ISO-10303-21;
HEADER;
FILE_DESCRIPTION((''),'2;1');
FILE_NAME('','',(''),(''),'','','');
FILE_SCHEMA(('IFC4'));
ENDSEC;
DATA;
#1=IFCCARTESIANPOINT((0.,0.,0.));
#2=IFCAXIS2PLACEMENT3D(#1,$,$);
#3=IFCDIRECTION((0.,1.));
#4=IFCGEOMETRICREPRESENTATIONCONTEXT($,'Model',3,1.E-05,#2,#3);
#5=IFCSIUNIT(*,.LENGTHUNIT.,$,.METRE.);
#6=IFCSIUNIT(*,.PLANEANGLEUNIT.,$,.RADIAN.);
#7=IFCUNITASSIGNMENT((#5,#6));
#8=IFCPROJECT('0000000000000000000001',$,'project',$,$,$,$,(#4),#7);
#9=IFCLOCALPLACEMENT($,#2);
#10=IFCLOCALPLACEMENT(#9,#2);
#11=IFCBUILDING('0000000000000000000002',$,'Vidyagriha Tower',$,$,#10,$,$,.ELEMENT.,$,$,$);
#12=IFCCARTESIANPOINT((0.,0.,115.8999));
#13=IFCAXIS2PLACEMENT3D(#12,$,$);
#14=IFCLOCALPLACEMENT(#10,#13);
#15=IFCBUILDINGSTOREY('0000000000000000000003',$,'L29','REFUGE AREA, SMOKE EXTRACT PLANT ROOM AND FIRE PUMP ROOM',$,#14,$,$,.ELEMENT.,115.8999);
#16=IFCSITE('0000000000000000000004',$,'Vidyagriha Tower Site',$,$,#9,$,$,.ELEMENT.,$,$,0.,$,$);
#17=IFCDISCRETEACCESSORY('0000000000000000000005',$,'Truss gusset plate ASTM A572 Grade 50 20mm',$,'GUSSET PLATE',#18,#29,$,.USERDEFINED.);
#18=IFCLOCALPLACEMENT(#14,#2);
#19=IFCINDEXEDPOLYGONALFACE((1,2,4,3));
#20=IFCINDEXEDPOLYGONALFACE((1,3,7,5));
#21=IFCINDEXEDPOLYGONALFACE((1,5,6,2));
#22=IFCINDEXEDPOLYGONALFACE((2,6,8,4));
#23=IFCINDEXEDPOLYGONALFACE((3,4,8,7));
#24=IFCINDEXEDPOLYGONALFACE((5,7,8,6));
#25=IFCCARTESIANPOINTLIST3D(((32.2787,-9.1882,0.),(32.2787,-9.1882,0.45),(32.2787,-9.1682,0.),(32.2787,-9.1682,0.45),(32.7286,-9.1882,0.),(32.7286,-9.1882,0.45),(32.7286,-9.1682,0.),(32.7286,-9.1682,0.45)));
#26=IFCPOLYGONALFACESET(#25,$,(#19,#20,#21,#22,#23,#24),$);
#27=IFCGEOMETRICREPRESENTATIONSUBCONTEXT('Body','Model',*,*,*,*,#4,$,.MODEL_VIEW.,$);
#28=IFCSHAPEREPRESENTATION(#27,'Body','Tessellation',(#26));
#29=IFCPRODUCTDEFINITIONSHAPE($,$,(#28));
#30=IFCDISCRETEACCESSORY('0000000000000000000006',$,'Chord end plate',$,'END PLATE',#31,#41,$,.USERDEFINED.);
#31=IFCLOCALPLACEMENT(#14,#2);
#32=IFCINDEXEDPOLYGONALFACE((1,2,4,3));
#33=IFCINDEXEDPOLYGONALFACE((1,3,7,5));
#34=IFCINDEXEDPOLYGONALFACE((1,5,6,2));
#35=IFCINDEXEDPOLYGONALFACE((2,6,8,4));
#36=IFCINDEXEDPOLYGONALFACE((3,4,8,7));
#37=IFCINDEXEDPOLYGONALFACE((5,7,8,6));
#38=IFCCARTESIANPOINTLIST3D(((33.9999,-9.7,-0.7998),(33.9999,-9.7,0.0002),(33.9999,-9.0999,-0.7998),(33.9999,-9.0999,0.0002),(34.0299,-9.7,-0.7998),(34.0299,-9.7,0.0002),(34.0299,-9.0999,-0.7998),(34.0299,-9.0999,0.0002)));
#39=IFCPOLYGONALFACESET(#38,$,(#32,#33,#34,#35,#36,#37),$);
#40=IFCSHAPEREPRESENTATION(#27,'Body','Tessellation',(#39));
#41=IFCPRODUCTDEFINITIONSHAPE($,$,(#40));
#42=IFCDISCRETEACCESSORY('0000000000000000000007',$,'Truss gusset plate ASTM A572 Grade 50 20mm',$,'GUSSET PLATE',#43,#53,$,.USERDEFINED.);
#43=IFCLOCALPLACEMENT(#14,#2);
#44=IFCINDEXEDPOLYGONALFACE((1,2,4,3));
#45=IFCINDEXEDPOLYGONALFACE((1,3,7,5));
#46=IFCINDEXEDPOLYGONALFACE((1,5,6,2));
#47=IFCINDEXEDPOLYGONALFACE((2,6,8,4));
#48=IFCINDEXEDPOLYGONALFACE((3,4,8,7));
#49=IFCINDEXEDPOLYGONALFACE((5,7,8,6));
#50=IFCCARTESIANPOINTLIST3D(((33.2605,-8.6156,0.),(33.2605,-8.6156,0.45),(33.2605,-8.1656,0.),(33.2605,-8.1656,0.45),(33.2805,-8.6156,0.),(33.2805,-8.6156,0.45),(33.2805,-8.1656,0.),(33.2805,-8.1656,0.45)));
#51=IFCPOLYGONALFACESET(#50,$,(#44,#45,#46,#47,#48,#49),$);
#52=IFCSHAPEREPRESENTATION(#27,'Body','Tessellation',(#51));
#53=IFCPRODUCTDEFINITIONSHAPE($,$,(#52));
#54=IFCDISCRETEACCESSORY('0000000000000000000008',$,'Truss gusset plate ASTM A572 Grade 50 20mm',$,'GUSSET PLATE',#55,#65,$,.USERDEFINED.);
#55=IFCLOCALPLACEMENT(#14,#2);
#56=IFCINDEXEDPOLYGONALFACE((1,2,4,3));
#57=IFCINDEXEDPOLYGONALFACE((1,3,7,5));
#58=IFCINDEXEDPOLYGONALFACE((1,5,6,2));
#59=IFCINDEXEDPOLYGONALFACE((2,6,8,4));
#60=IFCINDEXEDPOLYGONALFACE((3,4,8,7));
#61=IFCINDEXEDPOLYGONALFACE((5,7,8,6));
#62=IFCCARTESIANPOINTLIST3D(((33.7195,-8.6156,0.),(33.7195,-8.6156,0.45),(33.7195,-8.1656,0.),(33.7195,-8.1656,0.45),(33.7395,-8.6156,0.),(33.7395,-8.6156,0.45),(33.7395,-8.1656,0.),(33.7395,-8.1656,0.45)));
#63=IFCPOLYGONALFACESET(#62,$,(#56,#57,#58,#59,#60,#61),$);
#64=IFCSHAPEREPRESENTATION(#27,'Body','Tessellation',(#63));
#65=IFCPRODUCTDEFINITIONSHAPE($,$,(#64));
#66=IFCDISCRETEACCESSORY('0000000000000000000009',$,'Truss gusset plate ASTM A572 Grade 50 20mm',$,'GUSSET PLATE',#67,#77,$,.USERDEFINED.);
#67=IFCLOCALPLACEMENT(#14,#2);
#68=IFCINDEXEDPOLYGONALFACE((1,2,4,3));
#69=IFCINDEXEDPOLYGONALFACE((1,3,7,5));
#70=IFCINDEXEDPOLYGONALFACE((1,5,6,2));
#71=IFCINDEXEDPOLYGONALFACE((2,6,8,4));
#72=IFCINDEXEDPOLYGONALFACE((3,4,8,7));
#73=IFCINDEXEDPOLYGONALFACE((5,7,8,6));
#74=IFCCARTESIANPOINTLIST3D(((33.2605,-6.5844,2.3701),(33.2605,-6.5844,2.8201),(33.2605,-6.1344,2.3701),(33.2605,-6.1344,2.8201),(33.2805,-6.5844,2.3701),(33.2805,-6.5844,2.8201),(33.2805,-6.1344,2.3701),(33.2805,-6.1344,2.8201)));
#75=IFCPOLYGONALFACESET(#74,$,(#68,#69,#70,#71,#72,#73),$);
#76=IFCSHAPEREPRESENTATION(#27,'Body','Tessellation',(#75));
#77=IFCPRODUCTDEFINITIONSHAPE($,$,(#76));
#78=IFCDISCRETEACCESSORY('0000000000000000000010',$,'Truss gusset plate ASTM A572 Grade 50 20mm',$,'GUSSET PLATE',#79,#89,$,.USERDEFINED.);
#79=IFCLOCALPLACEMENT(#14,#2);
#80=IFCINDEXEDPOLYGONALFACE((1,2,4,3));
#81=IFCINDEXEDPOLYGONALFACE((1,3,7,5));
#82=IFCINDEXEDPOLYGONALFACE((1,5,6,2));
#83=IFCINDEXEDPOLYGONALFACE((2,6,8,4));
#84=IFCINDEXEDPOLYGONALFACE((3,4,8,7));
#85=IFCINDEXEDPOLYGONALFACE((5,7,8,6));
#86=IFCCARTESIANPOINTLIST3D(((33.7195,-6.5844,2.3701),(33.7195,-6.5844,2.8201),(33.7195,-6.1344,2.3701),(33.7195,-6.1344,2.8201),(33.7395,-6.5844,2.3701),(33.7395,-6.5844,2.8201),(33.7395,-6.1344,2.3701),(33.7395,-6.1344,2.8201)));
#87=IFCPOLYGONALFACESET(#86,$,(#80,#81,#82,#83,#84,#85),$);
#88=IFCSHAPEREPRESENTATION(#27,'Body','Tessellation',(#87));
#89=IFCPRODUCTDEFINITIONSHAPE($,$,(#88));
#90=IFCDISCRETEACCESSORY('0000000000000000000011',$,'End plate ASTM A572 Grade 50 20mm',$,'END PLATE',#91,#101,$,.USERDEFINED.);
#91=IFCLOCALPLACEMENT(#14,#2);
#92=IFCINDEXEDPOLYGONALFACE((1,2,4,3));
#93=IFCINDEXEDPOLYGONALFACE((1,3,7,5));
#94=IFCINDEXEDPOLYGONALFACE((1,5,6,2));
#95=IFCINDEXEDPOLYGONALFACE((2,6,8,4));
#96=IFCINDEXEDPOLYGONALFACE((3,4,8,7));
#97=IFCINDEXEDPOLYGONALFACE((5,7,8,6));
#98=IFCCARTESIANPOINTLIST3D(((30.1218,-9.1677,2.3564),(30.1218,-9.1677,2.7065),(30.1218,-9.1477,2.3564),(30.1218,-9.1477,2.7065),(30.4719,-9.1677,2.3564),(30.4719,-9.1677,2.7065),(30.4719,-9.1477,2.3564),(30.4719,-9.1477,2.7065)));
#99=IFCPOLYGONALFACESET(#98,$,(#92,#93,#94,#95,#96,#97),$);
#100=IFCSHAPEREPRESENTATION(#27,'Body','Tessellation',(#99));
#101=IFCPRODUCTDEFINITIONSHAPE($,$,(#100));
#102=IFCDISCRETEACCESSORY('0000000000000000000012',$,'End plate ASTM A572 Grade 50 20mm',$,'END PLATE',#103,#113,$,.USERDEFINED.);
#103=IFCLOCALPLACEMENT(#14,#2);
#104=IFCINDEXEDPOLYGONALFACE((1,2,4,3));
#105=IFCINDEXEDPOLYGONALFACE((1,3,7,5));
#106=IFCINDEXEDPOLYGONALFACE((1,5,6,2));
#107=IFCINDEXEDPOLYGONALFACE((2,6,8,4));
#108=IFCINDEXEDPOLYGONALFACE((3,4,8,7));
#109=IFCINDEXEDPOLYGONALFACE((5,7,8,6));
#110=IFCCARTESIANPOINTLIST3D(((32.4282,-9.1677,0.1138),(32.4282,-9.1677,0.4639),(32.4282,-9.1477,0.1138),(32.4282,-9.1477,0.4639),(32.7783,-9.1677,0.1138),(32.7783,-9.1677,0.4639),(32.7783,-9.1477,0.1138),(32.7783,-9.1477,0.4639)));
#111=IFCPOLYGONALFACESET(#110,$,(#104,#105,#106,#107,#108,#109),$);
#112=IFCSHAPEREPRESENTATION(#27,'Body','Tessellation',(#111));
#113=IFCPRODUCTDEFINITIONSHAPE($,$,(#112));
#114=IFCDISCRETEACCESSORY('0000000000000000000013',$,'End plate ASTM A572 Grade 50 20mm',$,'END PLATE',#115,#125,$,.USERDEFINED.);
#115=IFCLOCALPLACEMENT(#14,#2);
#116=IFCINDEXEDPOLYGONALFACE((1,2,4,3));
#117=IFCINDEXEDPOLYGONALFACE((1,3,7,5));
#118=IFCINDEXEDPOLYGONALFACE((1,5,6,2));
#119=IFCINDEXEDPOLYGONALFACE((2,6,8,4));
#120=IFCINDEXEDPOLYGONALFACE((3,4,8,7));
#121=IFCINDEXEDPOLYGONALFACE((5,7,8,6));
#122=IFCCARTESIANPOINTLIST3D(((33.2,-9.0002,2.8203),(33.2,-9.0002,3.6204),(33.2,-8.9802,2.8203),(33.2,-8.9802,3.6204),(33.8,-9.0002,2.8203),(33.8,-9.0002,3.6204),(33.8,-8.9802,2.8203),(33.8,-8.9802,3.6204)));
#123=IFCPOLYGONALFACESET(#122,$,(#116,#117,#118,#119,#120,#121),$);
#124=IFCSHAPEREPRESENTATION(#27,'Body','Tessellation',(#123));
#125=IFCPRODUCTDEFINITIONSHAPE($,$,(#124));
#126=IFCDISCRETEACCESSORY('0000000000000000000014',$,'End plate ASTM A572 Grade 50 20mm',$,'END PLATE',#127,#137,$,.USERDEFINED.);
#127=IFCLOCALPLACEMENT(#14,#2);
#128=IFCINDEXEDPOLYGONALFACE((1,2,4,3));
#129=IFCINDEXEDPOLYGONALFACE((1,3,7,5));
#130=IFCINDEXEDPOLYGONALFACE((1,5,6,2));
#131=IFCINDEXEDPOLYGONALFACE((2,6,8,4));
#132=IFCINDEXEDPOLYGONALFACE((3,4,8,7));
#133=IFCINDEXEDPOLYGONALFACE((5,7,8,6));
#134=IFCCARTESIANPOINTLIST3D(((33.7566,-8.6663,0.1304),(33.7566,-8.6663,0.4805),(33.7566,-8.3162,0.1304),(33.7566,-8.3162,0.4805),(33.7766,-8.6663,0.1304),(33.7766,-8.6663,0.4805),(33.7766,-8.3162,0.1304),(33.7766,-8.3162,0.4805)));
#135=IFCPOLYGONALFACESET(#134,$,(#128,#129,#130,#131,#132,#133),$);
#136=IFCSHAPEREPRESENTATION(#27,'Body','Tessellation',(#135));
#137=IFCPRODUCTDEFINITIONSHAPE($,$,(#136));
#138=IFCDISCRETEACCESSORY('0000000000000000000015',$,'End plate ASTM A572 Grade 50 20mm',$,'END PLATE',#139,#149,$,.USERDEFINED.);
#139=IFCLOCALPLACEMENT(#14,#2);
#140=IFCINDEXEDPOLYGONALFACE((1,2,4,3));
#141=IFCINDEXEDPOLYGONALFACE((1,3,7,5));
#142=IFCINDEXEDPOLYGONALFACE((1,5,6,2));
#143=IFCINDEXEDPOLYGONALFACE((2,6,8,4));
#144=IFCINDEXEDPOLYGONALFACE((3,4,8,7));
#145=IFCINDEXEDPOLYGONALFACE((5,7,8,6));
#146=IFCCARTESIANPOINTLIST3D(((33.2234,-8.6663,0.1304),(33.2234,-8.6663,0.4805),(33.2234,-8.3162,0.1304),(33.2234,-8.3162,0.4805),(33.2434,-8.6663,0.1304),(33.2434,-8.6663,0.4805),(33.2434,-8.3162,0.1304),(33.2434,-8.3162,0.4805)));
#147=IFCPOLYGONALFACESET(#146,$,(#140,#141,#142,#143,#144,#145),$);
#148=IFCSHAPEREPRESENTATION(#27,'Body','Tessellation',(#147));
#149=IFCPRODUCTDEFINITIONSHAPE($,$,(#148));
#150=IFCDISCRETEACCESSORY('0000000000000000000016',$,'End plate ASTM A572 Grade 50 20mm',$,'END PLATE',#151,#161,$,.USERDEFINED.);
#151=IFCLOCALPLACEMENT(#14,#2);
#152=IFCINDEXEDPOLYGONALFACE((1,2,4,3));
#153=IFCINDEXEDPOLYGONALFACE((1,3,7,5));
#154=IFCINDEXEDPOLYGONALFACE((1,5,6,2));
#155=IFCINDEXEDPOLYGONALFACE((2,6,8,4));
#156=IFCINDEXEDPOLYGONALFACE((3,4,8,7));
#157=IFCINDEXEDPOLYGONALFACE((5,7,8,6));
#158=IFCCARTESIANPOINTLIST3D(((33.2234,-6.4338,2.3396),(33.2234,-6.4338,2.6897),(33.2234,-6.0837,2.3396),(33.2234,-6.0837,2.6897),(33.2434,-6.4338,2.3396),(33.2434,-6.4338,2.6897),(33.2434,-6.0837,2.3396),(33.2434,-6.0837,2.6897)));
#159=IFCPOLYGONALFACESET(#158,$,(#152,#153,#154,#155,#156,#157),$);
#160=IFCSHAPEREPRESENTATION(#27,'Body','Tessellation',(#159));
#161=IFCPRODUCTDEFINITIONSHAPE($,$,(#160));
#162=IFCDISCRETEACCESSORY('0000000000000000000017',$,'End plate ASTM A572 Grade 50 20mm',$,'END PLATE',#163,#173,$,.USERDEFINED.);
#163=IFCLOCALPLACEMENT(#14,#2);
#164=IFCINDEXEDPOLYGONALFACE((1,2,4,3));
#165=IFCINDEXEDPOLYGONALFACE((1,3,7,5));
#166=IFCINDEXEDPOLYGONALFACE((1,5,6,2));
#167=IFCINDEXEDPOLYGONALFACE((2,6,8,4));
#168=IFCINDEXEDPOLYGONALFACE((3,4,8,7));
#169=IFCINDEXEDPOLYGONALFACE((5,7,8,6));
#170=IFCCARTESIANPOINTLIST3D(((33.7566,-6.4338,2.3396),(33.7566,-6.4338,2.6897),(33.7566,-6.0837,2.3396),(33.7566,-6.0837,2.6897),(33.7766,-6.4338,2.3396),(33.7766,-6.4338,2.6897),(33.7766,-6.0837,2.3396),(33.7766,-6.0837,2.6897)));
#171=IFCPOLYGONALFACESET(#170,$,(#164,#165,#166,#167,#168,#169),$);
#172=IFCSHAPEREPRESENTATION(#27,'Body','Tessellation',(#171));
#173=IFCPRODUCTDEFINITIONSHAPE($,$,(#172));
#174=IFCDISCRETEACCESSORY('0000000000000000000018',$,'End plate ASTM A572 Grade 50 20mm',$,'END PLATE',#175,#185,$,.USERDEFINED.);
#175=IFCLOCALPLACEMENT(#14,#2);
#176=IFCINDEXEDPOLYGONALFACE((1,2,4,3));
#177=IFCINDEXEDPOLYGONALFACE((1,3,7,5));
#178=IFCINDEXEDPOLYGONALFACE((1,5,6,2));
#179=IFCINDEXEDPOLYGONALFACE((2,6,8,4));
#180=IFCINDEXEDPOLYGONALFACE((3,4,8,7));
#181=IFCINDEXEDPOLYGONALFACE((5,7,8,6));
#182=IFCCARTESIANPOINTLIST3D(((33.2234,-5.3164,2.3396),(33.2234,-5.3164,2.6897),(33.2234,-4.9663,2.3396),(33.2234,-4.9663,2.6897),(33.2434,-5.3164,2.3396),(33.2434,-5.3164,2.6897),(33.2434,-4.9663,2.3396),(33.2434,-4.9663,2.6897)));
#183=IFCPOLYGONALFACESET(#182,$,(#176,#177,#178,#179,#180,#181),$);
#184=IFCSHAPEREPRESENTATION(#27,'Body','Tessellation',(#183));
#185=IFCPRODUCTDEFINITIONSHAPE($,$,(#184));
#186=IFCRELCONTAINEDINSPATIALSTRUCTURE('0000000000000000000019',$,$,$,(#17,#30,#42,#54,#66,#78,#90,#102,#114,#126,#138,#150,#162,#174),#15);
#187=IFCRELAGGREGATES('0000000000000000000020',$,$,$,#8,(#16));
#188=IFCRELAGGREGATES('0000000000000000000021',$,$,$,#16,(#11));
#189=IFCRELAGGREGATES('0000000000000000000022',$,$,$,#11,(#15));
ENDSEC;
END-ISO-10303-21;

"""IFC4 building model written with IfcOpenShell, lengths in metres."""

from ifc_helpers import new_model, si_unit, direction, frame, origin, origin_2d, place, context, subcontext, project, spatial, rectangle, extrude, element, save


model = new_model("IFC4")

# Units and contexts
model_context = context("Model", 3, precision=1e-05, world=origin(), true_north=direction((0.0, 1.0)))
body_context = subcontext(model_context, "Body", "Model", "MODEL_VIEW")
ifc_project = project(units=[si_unit("LENGTHUNIT", "METRE"), si_unit("PLANEANGLEUNIT", "RADIAN")], contexts=[model_context])

# Site, building, storey
site_placement = place(None, origin())
site = spatial("IfcSite", under=ifc_project, at=site_placement, Name="Vidyagriha Tower Site", CompositionType="ELEMENT", RefElevation=0.0)
building_placement = place(site_placement, origin())
building = spatial("IfcBuilding", under=site, at=building_placement, Name="Vidyagriha Tower", CompositionType="ELEMENT")
storey_placement = place(building_placement, frame((0.0, 0.0, 115.8999)))
storey = spatial("IfcBuildingStorey", under=building, at=storey_placement, Name="L29", Description="REFUGE AREA, SMOKE EXTRACT PLANT ROOM AND FIRE PUMP ROOM", CompositionType="ELEMENT", Elevation=115.8999)

# Discrete accessories
for number, where, name in (
    (1, (32.5037, -9.1782, 0.0), "Truss gusset plate ASTM A572 Grade 50 20mm"),
):
    element("IfcDiscreteAccessory", number, at=place(storey_placement, frame(where)), inside=storey, Name=name, ObjectType="GUSSET PLATE", PredefinedType="USERDEFINED", context=body_context, shape_type="SweptSolid", body=[
        extrude(rectangle(XDim=0.45, YDim=0.02, at=origin_2d()), origin(), (0.0, 0.0, 1.0), 0.45),
    ])
discrete_accessory_1_placement = place(storey_placement, frame((34.0149, -9.3999, -0.7998)))
element("IfcDiscreteAccessory", 2, at=discrete_accessory_1_placement, inside=storey, Name="Chord end plate", ObjectType="END PLATE", PredefinedType="USERDEFINED", context=body_context, shape_type="SweptSolid", body=[
    extrude(rectangle(XDim=0.03, YDim=0.6001, at=origin_2d()), origin(), (0.0, 0.0, 1.0), 0.8),
])
for number, where, z_axis, x_axis, name in (
    (3, (33.2705, -8.3906, 0.0), (0.0, 0.0, 1.0), (0.0, 1.0, 0.0), "Truss gusset plate ASTM A572 Grade 50 20mm"),
    (4, (33.7295, -8.3906, 0.0), (0.0, 0.0, 1.0), (0.0, 1.0, 0.0), "Truss gusset plate ASTM A572 Grade 50 20mm"),
    (5, (33.2705, -6.3594, 2.3701), (0.0, 0.0, 1.0), (0.0, 1.0, 0.0), "Truss gusset plate ASTM A572 Grade 50 20mm"),
    (6, (33.7295, -6.3594, 2.3701), (0.0, 0.0, 1.0), (0.0, 1.0, 0.0), "Truss gusset plate ASTM A572 Grade 50 20mm"),
):
    element("IfcDiscreteAccessory", number, at=place(storey_placement, frame(where, z_axis=z_axis, x_axis=x_axis)), inside=storey, Name=name, ObjectType="GUSSET PLATE", PredefinedType="USERDEFINED", context=body_context, shape_type="SweptSolid", body=[
        extrude(rectangle(XDim=0.45, YDim=0.02, at=origin_2d()), origin(), (0.0, 0.0, 1.0), 0.45),
    ])
discrete_accessory_2_placement = place(storey_placement, frame((30.2969, -9.1577, 2.3564), z_axis=(0.0, 0.0, 1.0), x_axis=(-1.0, 0.0, 0.0)))
element("IfcDiscreteAccessory", 7, at=discrete_accessory_2_placement, inside=storey, Name="End plate ASTM A572 Grade 50 20mm", ObjectType="END PLATE", PredefinedType="USERDEFINED", context=body_context, shape_type="SweptSolid", body=[
    extrude(rectangle(XDim=0.3501, YDim=0.02, at=origin_2d()), origin(), (0.0, 0.0, 1.0), 0.3501),
])
discrete_accessory_3_placement = place(storey_placement, frame((32.6033, -9.1577, 0.1138)))
element("IfcDiscreteAccessory", 8, at=discrete_accessory_3_placement, inside=storey, Name="End plate ASTM A572 Grade 50 20mm", ObjectType="END PLATE", PredefinedType="USERDEFINED", context=body_context, shape_type="SweptSolid", body=[
    extrude(rectangle(XDim=0.3501, YDim=0.02, at=origin_2d()), origin(), (0.0, 0.0, 1.0), 0.3501),
])
discrete_accessory_4_placement = place(storey_placement, frame((33.5, -8.9902, 2.8203), z_axis=(0.0, 0.0, 1.0), x_axis=(0.0, -1.0, 0.0)))
element("IfcDiscreteAccessory", 9, at=discrete_accessory_4_placement, inside=storey, Name="End plate ASTM A572 Grade 50 20mm", ObjectType="END PLATE", PredefinedType="USERDEFINED", context=body_context, shape_type="SweptSolid", body=[
    extrude(rectangle(XDim=0.02, YDim=0.6001, at=origin_2d()), origin(), (0.0, 0.0, 1.0), 0.8),
])
for number, where, z_axis, x_axis, name in (
    (10, (33.7666, -8.4912, 0.1304), (0.0, 0.0, 1.0), (0.0, -1.0, 0.0), "End plate ASTM A572 Grade 50 20mm"),
    (11, (33.2334, -8.4912, 0.1304), (0.0, 0.0, 1.0), (0.0, -1.0, 0.0), "End plate ASTM A572 Grade 50 20mm"),
    (12, (33.2334, -6.2588, 2.3396), (0.0, 0.0, 1.0), (0.0, 1.0, 0.0), "End plate ASTM A572 Grade 50 20mm"),
    (13, (33.7666, -6.2588, 2.3396), (0.0, 0.0, 1.0), (0.0, 1.0, 0.0), "End plate ASTM A572 Grade 50 20mm"),
    (14, (33.2334, -5.1414, 2.3396), (0.0, 0.0, 1.0), (0.0, -1.0, 0.0), "End plate ASTM A572 Grade 50 20mm"),
):
    element("IfcDiscreteAccessory", number, at=place(storey_placement, frame(where, z_axis=z_axis, x_axis=x_axis)), inside=storey, Name=name, ObjectType="END PLATE", PredefinedType="USERDEFINED", context=body_context, shape_type="SweptSolid", body=[
        extrude(rectangle(XDim=0.3501, YDim=0.02, at=origin_2d()), origin(), (0.0, 0.0, 1.0), 0.3501),
    ])

save(model, "model.ifc")
